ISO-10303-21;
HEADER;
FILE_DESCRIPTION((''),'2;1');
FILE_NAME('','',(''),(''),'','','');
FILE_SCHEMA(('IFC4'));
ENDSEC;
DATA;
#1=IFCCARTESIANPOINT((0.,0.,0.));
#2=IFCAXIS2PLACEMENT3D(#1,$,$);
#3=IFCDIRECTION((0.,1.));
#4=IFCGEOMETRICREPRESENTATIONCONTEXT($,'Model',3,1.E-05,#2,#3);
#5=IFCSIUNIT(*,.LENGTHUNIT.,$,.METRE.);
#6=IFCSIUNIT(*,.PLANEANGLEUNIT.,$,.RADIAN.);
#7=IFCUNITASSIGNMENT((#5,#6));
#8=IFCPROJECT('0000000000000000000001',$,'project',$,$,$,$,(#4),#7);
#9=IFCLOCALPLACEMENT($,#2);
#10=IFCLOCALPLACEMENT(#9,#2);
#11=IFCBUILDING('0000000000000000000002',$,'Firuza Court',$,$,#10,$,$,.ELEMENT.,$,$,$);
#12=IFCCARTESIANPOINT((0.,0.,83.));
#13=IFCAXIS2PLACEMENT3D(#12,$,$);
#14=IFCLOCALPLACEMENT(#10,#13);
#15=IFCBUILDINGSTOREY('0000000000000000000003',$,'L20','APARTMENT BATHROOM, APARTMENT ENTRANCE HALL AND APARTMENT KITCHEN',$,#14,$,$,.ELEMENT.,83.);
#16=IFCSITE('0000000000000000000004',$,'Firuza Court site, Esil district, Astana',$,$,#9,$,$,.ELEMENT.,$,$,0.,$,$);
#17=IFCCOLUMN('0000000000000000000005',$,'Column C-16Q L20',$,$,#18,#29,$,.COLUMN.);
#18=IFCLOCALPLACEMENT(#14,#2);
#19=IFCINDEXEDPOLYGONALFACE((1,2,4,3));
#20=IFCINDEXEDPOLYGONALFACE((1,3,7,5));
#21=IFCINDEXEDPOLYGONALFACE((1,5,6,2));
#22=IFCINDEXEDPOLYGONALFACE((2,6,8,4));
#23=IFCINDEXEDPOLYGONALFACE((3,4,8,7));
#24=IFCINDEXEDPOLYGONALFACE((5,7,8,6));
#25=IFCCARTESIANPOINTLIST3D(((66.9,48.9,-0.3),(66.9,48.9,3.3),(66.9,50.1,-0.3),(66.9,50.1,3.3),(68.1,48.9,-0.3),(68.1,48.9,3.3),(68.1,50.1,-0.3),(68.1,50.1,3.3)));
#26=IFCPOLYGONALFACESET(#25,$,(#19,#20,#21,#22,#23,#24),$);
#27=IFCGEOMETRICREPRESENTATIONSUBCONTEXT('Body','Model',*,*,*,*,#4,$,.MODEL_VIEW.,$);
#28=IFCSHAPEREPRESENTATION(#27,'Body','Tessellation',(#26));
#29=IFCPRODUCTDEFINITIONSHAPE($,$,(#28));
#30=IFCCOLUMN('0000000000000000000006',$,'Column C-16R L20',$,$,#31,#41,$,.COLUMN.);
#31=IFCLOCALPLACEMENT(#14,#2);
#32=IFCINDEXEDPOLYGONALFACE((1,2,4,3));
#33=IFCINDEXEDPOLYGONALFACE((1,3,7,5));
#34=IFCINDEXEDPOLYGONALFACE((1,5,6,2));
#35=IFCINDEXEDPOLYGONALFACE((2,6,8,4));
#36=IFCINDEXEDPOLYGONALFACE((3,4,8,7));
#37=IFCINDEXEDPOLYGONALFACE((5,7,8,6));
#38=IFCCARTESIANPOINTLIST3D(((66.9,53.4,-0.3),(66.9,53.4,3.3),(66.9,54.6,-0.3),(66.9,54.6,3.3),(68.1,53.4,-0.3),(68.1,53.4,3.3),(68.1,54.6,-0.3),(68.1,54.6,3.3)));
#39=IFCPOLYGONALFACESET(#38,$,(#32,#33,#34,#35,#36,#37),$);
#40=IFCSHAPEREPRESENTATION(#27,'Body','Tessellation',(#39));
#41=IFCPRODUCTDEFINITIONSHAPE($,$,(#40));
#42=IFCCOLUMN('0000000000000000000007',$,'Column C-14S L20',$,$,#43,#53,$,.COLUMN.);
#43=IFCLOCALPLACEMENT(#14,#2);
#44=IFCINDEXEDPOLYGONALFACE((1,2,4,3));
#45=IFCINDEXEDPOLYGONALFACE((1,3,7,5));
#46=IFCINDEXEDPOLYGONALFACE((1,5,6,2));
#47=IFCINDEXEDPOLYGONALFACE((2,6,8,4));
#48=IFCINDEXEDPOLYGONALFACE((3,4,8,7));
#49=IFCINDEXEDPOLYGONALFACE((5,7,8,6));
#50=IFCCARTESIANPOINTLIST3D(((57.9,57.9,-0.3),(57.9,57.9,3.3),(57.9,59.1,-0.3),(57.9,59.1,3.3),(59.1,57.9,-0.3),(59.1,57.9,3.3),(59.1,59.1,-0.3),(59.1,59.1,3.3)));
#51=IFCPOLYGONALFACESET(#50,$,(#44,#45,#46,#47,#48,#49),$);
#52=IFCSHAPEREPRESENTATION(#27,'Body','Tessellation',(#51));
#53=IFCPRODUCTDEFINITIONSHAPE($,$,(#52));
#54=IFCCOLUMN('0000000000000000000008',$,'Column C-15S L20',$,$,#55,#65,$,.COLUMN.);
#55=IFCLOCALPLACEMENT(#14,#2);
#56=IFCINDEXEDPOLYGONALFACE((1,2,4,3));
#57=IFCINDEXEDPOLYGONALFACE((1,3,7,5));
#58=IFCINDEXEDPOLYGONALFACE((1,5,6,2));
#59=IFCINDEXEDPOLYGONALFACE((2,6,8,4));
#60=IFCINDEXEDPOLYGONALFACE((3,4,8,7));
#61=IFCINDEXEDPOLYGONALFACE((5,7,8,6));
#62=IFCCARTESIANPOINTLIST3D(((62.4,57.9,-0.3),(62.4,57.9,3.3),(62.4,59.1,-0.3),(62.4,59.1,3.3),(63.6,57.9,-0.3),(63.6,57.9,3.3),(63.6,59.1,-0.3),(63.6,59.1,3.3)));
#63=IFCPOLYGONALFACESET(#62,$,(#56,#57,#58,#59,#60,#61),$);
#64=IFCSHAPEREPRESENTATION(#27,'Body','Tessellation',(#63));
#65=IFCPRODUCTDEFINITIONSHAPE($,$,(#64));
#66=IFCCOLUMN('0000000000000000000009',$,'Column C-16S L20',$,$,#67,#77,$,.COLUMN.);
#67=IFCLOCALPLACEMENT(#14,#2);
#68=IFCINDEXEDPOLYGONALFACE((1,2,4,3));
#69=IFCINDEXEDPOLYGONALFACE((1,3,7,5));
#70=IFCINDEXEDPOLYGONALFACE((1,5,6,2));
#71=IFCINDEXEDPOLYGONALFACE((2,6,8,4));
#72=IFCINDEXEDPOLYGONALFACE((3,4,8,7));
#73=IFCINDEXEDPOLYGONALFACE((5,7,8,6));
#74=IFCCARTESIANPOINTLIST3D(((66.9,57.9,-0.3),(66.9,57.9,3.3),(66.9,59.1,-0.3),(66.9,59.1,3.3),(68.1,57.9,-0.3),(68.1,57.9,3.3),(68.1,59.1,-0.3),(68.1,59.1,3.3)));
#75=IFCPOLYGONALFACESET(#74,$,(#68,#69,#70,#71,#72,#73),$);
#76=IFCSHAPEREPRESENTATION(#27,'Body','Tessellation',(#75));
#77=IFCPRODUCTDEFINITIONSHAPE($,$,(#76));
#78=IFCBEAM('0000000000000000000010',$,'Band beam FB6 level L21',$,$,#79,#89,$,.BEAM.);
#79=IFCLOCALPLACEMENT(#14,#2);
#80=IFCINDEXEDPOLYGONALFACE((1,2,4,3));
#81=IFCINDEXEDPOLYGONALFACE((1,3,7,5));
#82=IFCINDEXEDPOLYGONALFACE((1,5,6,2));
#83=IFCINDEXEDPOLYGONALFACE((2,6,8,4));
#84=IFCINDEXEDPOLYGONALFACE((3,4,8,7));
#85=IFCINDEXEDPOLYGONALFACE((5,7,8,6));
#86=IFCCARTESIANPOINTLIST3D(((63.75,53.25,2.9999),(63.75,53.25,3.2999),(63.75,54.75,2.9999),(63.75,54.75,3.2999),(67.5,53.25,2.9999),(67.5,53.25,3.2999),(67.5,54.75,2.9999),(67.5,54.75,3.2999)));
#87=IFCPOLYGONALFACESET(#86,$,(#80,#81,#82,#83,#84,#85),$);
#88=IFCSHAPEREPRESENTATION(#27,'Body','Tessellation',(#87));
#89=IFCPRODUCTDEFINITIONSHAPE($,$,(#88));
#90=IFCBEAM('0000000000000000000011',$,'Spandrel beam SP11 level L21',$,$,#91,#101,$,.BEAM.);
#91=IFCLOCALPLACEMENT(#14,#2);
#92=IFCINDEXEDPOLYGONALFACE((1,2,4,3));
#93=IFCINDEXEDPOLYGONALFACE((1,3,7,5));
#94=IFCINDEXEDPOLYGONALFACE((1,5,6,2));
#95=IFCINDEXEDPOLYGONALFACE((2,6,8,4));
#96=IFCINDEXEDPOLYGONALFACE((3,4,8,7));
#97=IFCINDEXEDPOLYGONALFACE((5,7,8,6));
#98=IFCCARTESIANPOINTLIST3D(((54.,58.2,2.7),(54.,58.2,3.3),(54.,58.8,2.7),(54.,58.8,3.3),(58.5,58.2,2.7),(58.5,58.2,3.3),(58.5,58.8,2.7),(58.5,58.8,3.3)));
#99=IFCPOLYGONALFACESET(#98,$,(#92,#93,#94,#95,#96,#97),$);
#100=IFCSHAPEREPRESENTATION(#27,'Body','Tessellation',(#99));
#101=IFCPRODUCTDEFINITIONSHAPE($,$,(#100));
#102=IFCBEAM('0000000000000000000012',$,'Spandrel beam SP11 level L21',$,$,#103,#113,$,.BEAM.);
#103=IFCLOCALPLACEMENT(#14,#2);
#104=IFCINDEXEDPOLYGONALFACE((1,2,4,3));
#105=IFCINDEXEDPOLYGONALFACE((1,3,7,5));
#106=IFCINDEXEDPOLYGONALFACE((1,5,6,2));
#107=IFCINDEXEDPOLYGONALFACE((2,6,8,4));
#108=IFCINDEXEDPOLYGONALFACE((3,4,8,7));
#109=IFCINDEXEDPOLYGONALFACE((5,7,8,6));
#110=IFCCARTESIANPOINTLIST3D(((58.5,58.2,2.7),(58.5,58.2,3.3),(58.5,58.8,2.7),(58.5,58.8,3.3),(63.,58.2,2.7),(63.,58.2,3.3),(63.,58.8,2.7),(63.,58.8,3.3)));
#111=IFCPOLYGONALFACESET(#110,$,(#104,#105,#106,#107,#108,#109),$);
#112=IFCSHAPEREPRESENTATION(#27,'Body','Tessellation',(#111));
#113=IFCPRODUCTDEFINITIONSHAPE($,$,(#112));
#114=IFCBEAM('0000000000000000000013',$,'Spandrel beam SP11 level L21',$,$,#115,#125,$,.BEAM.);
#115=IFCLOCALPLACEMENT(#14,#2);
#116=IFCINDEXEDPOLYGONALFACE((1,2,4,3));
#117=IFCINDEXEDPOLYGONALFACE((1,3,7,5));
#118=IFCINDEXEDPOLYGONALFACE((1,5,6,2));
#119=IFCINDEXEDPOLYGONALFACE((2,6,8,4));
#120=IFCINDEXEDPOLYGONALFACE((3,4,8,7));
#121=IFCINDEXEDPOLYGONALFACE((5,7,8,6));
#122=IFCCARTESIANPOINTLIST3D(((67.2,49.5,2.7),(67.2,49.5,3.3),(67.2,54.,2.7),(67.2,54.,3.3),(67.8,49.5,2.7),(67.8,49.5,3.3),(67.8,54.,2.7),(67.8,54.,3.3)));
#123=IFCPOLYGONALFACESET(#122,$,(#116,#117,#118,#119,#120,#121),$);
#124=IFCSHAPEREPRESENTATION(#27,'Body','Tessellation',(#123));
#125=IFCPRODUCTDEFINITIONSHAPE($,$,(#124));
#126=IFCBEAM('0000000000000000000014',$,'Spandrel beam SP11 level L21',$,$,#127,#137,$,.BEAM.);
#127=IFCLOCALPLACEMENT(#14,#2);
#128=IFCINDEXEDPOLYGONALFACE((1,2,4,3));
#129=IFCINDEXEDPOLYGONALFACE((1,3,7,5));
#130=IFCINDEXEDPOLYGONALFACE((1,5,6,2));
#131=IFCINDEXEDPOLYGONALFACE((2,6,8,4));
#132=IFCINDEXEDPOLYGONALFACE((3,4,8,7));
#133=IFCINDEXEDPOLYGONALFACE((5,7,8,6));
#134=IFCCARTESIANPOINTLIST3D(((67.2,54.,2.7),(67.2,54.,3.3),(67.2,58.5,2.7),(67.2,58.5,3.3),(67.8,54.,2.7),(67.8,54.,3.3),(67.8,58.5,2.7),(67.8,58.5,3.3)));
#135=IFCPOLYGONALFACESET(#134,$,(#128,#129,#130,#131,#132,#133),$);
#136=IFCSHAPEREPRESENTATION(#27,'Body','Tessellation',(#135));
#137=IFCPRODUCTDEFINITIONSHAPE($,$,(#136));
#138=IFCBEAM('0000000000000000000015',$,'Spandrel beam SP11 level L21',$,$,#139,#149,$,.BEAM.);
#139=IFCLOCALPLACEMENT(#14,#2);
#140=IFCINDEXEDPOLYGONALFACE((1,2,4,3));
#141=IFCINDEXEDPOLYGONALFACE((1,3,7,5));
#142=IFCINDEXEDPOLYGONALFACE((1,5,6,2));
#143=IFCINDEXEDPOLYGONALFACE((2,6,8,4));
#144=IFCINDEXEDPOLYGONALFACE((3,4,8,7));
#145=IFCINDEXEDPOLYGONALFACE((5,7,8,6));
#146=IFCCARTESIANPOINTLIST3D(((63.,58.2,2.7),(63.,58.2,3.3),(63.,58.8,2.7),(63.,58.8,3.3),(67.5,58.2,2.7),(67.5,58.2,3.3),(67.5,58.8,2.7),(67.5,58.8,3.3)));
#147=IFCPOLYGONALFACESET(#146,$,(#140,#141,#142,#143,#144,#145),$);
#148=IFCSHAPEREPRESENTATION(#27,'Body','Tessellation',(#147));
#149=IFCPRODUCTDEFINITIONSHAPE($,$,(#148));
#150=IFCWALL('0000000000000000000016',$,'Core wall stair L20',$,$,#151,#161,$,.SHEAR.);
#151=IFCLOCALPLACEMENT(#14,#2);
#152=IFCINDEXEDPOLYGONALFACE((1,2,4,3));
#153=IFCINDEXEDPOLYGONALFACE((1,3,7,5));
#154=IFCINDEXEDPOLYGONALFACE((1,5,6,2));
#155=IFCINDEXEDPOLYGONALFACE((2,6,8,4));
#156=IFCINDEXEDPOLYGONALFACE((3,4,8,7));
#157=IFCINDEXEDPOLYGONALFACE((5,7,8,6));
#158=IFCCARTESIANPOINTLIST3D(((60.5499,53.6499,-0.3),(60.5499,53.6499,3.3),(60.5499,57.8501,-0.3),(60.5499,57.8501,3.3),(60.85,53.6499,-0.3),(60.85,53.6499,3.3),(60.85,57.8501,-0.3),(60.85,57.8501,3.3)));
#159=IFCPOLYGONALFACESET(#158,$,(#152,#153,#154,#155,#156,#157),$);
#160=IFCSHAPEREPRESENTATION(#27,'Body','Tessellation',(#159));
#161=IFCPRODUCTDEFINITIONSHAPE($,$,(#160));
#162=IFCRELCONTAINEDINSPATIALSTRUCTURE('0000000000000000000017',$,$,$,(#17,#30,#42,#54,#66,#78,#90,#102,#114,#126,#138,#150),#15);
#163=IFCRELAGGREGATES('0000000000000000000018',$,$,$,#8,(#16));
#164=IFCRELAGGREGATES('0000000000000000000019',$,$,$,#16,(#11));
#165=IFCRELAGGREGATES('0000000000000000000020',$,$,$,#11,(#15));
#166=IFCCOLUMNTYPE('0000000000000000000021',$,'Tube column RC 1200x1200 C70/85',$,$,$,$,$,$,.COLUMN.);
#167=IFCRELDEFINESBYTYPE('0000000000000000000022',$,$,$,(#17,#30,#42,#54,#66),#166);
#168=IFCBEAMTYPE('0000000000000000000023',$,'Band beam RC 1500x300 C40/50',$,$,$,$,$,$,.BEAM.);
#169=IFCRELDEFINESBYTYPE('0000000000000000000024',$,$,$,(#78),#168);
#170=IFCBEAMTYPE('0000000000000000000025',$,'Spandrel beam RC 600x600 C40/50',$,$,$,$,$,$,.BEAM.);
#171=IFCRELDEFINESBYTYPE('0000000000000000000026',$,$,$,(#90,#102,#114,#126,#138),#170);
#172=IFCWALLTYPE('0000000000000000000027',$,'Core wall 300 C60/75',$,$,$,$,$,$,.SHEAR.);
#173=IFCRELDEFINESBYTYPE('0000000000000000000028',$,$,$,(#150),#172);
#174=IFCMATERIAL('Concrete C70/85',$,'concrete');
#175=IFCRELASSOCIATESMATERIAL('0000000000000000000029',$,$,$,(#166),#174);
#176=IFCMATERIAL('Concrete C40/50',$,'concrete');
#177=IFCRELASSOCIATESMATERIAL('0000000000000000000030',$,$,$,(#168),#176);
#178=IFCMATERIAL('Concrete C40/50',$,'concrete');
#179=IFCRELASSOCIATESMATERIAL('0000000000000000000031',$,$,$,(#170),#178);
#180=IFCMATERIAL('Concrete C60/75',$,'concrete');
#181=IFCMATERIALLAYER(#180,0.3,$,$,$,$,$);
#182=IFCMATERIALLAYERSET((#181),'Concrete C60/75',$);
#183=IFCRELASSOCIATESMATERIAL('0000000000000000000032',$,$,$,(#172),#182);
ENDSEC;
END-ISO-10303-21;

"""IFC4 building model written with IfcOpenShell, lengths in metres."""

from ifc_helpers import new_model, si_unit, direction, frame, frame_2d, origin, origin_2d, place, context, subcontext, project, spatial, rectangle, extrude, material, layer, layer_set, material_profile, profile_set, type_object, element, save


model = new_model("IFC4")

# Units and contexts
model_context = context("Model", 3, precision=1e-05, world=origin(), true_north=direction((0.0, 1.0)))
body_context = subcontext(model_context, "Body", "Model", "MODEL_VIEW")
ifc_project = project(units=[si_unit("LENGTHUNIT", "METRE"), si_unit("PLANEANGLEUNIT", "RADIAN")], contexts=[model_context])

# Site, building, storey
site_placement = place(None, origin())
site = spatial("IfcSite", under=ifc_project, at=site_placement, Name="Firuza Court site, Esil district, Astana", CompositionType="ELEMENT", RefElevation=0.0)
building_placement = place(site_placement, origin())
building = spatial("IfcBuilding", under=site, at=building_placement, Name="Firuza Court", CompositionType="ELEMENT")
storey_placement = place(building_placement, frame((0.0, 0.0, 83.0)))
storey = spatial("IfcBuildingStorey", under=building, at=storey_placement, Name="L20", Description="APARTMENT BATHROOM, APARTMENT ENTRANCE HALL AND APARTMENT KITCHEN", CompositionType="ELEMENT", Elevation=83.0)

# Columns
ifc_material_1 = material(Name="Concrete C70/85", Category="concrete")
ifc_material_profile_1 = material_profile(ifc_material_1, rectangle(XDim=1.2, YDim=1.2, at=origin_2d()), Name="RC 1200x1200")
ifc_profile_set_1 = profile_set([ifc_material_profile_1], Name="Concrete C70/85")
column_type = type_object("IfcColumnType", Name="Tube column RC 1200x1200 C70/85", PredefinedType="COLUMN", material=ifc_profile_set_1)
for number, where, z_axis, x_axis, name in (
    (1, (67.5, 49.5, -0.3), (0.0, 0.0, 1.0), (1.0, 0.0, 0.0), "Column C-16Q L20"),
    (2, (67.5, 54.0, -0.3), (0.0, 0.0, 1.0), (1.0, 0.0, 0.0), "Column C-16R L20"),
    (3, (58.5, 58.5, -0.3), (0.0, 0.0, 1.0), (1.0, 0.0, 0.0), "Column C-14S L20"),
    (4, (63.0, 58.5, -0.3), (0.0, 0.0, 1.0), (1.0, 0.0, 0.0), "Column C-15S L20"),
    (5, (67.5, 58.5, -0.3), (0.0, 0.0, 1.0), (1.0, 0.0, 0.0), "Column C-16S L20"),
):
    element("IfcColumn", number, at=place(storey_placement, frame(where, z_axis=z_axis, x_axis=x_axis)), inside=storey, type_object=column_type, Name=name, PredefinedType="COLUMN", context=body_context, shape_type="SweptSolid", body=[
        extrude(rectangle(XDim=1.2, YDim=1.2, at=origin_2d()), origin(), (0.0, 0.0, 1.0), 3.6001),
    ])

# Beams
ifc_material_2 = material(Name="Concrete C40/50", Category="concrete")
ifc_material_profile_2 = material_profile(ifc_material_2, rectangle(XDim=1.5, YDim=0.3, at=origin_2d()), Name="RC 1500x300")
ifc_profile_set_2 = profile_set([ifc_material_profile_2], Name="Concrete C40/50")
beam_type_1 = type_object("IfcBeamType", Name="Band beam RC 1500x300 C40/50", PredefinedType="BEAM", material=ifc_profile_set_2)
beam_placement = place(storey_placement, frame((67.5, 54.0, 3.1499), z_axis=(-1.0, 0.0, 0.0), x_axis=(0.0, -1.0, 0.0)))
element("IfcBeam", 6, at=beam_placement, inside=storey, type_object=beam_type_1, Name="Band beam FB6 level L21", PredefinedType="BEAM", context=body_context, shape_type="SweptSolid", body=[
    extrude(rectangle(XDim=1.5, YDim=0.3, at=origin_2d()), origin(), (0.0, 0.0, 1.0), 3.75),
])
ifc_material_3 = material(Name="Concrete C40/50", Category="concrete")
ifc_material_profile_3 = material_profile(ifc_material_3, rectangle(XDim=0.6001, YDim=0.6001, at=origin_2d()), Name="RC 600x600")
ifc_profile_set_3 = profile_set([ifc_material_profile_3], Name="Concrete C40/50")
beam_type_2 = type_object("IfcBeamType", Name="Spandrel beam RC 600x600 C40/50", PredefinedType="BEAM", material=ifc_profile_set_3)
for number, where, z_axis, x_axis, name in (
    (7, (58.5, 58.5, 3.0), (-1.0, 0.0, 0.0), (0.0, -1.0, 0.0), "Spandrel beam SP11 level L21"),
    (8, (63.0, 58.5, 3.0), (-1.0, 0.0, 0.0), (0.0, -1.0, 0.0), "Spandrel beam SP11 level L21"),
    (9, (67.5, 49.5, 3.0), (0.0, 1.0, 0.0), (-1.0, 0.0, 0.0), "Spandrel beam SP11 level L21"),
    (10, (67.5, 54.0, 3.0), (0.0, 1.0, 0.0), (-1.0, 0.0, 0.0), "Spandrel beam SP11 level L21"),
    (11, (67.5, 58.5, 3.0), (-1.0, 0.0, 0.0), (0.0, -1.0, 0.0), "Spandrel beam SP11 level L21"),
):
    element("IfcBeam", number, at=place(storey_placement, frame(where, z_axis=z_axis, x_axis=x_axis)), inside=storey, type_object=beam_type_2, Name=name, PredefinedType="BEAM", context=body_context, shape_type="SweptSolid", body=[
        extrude(rectangle(XDim=0.6001, YDim=0.6001, at=origin_2d()), origin(), (0.0, 0.0, 1.0), 4.5),
    ])

# Wall
ifc_material_4 = material(Name="Concrete C60/75", Category="concrete")
ifc_layer_1 = layer(ifc_material_4, 0.3)
ifc_layer_set_1 = layer_set([ifc_layer_1], Name="Concrete C60/75")
wall_type_1 = type_object("IfcWallType", Name="Core wall 300 C60/75", PredefinedType="SHEAR", material=ifc_layer_set_1)
wall_1_placement = place(storey_placement, frame((60.7, 53.6499, -0.3), z_axis=(0.0, 0.0, 1.0), x_axis=(0.0, 1.0, 0.0)))
element("IfcWall", 12, at=wall_1_placement, inside=storey, type_object=wall_type_1, Name="Core wall stair L20", PredefinedType="SHEAR", context=body_context, shape_type="SweptSolid", body=[
    extrude(rectangle(XDim=4.2002, YDim=0.3, at=frame_2d((2.1001, 0.0))), origin(), (0.0, 0.0, 1.0), 3.6001),
])

save(model, "model.ifc")
